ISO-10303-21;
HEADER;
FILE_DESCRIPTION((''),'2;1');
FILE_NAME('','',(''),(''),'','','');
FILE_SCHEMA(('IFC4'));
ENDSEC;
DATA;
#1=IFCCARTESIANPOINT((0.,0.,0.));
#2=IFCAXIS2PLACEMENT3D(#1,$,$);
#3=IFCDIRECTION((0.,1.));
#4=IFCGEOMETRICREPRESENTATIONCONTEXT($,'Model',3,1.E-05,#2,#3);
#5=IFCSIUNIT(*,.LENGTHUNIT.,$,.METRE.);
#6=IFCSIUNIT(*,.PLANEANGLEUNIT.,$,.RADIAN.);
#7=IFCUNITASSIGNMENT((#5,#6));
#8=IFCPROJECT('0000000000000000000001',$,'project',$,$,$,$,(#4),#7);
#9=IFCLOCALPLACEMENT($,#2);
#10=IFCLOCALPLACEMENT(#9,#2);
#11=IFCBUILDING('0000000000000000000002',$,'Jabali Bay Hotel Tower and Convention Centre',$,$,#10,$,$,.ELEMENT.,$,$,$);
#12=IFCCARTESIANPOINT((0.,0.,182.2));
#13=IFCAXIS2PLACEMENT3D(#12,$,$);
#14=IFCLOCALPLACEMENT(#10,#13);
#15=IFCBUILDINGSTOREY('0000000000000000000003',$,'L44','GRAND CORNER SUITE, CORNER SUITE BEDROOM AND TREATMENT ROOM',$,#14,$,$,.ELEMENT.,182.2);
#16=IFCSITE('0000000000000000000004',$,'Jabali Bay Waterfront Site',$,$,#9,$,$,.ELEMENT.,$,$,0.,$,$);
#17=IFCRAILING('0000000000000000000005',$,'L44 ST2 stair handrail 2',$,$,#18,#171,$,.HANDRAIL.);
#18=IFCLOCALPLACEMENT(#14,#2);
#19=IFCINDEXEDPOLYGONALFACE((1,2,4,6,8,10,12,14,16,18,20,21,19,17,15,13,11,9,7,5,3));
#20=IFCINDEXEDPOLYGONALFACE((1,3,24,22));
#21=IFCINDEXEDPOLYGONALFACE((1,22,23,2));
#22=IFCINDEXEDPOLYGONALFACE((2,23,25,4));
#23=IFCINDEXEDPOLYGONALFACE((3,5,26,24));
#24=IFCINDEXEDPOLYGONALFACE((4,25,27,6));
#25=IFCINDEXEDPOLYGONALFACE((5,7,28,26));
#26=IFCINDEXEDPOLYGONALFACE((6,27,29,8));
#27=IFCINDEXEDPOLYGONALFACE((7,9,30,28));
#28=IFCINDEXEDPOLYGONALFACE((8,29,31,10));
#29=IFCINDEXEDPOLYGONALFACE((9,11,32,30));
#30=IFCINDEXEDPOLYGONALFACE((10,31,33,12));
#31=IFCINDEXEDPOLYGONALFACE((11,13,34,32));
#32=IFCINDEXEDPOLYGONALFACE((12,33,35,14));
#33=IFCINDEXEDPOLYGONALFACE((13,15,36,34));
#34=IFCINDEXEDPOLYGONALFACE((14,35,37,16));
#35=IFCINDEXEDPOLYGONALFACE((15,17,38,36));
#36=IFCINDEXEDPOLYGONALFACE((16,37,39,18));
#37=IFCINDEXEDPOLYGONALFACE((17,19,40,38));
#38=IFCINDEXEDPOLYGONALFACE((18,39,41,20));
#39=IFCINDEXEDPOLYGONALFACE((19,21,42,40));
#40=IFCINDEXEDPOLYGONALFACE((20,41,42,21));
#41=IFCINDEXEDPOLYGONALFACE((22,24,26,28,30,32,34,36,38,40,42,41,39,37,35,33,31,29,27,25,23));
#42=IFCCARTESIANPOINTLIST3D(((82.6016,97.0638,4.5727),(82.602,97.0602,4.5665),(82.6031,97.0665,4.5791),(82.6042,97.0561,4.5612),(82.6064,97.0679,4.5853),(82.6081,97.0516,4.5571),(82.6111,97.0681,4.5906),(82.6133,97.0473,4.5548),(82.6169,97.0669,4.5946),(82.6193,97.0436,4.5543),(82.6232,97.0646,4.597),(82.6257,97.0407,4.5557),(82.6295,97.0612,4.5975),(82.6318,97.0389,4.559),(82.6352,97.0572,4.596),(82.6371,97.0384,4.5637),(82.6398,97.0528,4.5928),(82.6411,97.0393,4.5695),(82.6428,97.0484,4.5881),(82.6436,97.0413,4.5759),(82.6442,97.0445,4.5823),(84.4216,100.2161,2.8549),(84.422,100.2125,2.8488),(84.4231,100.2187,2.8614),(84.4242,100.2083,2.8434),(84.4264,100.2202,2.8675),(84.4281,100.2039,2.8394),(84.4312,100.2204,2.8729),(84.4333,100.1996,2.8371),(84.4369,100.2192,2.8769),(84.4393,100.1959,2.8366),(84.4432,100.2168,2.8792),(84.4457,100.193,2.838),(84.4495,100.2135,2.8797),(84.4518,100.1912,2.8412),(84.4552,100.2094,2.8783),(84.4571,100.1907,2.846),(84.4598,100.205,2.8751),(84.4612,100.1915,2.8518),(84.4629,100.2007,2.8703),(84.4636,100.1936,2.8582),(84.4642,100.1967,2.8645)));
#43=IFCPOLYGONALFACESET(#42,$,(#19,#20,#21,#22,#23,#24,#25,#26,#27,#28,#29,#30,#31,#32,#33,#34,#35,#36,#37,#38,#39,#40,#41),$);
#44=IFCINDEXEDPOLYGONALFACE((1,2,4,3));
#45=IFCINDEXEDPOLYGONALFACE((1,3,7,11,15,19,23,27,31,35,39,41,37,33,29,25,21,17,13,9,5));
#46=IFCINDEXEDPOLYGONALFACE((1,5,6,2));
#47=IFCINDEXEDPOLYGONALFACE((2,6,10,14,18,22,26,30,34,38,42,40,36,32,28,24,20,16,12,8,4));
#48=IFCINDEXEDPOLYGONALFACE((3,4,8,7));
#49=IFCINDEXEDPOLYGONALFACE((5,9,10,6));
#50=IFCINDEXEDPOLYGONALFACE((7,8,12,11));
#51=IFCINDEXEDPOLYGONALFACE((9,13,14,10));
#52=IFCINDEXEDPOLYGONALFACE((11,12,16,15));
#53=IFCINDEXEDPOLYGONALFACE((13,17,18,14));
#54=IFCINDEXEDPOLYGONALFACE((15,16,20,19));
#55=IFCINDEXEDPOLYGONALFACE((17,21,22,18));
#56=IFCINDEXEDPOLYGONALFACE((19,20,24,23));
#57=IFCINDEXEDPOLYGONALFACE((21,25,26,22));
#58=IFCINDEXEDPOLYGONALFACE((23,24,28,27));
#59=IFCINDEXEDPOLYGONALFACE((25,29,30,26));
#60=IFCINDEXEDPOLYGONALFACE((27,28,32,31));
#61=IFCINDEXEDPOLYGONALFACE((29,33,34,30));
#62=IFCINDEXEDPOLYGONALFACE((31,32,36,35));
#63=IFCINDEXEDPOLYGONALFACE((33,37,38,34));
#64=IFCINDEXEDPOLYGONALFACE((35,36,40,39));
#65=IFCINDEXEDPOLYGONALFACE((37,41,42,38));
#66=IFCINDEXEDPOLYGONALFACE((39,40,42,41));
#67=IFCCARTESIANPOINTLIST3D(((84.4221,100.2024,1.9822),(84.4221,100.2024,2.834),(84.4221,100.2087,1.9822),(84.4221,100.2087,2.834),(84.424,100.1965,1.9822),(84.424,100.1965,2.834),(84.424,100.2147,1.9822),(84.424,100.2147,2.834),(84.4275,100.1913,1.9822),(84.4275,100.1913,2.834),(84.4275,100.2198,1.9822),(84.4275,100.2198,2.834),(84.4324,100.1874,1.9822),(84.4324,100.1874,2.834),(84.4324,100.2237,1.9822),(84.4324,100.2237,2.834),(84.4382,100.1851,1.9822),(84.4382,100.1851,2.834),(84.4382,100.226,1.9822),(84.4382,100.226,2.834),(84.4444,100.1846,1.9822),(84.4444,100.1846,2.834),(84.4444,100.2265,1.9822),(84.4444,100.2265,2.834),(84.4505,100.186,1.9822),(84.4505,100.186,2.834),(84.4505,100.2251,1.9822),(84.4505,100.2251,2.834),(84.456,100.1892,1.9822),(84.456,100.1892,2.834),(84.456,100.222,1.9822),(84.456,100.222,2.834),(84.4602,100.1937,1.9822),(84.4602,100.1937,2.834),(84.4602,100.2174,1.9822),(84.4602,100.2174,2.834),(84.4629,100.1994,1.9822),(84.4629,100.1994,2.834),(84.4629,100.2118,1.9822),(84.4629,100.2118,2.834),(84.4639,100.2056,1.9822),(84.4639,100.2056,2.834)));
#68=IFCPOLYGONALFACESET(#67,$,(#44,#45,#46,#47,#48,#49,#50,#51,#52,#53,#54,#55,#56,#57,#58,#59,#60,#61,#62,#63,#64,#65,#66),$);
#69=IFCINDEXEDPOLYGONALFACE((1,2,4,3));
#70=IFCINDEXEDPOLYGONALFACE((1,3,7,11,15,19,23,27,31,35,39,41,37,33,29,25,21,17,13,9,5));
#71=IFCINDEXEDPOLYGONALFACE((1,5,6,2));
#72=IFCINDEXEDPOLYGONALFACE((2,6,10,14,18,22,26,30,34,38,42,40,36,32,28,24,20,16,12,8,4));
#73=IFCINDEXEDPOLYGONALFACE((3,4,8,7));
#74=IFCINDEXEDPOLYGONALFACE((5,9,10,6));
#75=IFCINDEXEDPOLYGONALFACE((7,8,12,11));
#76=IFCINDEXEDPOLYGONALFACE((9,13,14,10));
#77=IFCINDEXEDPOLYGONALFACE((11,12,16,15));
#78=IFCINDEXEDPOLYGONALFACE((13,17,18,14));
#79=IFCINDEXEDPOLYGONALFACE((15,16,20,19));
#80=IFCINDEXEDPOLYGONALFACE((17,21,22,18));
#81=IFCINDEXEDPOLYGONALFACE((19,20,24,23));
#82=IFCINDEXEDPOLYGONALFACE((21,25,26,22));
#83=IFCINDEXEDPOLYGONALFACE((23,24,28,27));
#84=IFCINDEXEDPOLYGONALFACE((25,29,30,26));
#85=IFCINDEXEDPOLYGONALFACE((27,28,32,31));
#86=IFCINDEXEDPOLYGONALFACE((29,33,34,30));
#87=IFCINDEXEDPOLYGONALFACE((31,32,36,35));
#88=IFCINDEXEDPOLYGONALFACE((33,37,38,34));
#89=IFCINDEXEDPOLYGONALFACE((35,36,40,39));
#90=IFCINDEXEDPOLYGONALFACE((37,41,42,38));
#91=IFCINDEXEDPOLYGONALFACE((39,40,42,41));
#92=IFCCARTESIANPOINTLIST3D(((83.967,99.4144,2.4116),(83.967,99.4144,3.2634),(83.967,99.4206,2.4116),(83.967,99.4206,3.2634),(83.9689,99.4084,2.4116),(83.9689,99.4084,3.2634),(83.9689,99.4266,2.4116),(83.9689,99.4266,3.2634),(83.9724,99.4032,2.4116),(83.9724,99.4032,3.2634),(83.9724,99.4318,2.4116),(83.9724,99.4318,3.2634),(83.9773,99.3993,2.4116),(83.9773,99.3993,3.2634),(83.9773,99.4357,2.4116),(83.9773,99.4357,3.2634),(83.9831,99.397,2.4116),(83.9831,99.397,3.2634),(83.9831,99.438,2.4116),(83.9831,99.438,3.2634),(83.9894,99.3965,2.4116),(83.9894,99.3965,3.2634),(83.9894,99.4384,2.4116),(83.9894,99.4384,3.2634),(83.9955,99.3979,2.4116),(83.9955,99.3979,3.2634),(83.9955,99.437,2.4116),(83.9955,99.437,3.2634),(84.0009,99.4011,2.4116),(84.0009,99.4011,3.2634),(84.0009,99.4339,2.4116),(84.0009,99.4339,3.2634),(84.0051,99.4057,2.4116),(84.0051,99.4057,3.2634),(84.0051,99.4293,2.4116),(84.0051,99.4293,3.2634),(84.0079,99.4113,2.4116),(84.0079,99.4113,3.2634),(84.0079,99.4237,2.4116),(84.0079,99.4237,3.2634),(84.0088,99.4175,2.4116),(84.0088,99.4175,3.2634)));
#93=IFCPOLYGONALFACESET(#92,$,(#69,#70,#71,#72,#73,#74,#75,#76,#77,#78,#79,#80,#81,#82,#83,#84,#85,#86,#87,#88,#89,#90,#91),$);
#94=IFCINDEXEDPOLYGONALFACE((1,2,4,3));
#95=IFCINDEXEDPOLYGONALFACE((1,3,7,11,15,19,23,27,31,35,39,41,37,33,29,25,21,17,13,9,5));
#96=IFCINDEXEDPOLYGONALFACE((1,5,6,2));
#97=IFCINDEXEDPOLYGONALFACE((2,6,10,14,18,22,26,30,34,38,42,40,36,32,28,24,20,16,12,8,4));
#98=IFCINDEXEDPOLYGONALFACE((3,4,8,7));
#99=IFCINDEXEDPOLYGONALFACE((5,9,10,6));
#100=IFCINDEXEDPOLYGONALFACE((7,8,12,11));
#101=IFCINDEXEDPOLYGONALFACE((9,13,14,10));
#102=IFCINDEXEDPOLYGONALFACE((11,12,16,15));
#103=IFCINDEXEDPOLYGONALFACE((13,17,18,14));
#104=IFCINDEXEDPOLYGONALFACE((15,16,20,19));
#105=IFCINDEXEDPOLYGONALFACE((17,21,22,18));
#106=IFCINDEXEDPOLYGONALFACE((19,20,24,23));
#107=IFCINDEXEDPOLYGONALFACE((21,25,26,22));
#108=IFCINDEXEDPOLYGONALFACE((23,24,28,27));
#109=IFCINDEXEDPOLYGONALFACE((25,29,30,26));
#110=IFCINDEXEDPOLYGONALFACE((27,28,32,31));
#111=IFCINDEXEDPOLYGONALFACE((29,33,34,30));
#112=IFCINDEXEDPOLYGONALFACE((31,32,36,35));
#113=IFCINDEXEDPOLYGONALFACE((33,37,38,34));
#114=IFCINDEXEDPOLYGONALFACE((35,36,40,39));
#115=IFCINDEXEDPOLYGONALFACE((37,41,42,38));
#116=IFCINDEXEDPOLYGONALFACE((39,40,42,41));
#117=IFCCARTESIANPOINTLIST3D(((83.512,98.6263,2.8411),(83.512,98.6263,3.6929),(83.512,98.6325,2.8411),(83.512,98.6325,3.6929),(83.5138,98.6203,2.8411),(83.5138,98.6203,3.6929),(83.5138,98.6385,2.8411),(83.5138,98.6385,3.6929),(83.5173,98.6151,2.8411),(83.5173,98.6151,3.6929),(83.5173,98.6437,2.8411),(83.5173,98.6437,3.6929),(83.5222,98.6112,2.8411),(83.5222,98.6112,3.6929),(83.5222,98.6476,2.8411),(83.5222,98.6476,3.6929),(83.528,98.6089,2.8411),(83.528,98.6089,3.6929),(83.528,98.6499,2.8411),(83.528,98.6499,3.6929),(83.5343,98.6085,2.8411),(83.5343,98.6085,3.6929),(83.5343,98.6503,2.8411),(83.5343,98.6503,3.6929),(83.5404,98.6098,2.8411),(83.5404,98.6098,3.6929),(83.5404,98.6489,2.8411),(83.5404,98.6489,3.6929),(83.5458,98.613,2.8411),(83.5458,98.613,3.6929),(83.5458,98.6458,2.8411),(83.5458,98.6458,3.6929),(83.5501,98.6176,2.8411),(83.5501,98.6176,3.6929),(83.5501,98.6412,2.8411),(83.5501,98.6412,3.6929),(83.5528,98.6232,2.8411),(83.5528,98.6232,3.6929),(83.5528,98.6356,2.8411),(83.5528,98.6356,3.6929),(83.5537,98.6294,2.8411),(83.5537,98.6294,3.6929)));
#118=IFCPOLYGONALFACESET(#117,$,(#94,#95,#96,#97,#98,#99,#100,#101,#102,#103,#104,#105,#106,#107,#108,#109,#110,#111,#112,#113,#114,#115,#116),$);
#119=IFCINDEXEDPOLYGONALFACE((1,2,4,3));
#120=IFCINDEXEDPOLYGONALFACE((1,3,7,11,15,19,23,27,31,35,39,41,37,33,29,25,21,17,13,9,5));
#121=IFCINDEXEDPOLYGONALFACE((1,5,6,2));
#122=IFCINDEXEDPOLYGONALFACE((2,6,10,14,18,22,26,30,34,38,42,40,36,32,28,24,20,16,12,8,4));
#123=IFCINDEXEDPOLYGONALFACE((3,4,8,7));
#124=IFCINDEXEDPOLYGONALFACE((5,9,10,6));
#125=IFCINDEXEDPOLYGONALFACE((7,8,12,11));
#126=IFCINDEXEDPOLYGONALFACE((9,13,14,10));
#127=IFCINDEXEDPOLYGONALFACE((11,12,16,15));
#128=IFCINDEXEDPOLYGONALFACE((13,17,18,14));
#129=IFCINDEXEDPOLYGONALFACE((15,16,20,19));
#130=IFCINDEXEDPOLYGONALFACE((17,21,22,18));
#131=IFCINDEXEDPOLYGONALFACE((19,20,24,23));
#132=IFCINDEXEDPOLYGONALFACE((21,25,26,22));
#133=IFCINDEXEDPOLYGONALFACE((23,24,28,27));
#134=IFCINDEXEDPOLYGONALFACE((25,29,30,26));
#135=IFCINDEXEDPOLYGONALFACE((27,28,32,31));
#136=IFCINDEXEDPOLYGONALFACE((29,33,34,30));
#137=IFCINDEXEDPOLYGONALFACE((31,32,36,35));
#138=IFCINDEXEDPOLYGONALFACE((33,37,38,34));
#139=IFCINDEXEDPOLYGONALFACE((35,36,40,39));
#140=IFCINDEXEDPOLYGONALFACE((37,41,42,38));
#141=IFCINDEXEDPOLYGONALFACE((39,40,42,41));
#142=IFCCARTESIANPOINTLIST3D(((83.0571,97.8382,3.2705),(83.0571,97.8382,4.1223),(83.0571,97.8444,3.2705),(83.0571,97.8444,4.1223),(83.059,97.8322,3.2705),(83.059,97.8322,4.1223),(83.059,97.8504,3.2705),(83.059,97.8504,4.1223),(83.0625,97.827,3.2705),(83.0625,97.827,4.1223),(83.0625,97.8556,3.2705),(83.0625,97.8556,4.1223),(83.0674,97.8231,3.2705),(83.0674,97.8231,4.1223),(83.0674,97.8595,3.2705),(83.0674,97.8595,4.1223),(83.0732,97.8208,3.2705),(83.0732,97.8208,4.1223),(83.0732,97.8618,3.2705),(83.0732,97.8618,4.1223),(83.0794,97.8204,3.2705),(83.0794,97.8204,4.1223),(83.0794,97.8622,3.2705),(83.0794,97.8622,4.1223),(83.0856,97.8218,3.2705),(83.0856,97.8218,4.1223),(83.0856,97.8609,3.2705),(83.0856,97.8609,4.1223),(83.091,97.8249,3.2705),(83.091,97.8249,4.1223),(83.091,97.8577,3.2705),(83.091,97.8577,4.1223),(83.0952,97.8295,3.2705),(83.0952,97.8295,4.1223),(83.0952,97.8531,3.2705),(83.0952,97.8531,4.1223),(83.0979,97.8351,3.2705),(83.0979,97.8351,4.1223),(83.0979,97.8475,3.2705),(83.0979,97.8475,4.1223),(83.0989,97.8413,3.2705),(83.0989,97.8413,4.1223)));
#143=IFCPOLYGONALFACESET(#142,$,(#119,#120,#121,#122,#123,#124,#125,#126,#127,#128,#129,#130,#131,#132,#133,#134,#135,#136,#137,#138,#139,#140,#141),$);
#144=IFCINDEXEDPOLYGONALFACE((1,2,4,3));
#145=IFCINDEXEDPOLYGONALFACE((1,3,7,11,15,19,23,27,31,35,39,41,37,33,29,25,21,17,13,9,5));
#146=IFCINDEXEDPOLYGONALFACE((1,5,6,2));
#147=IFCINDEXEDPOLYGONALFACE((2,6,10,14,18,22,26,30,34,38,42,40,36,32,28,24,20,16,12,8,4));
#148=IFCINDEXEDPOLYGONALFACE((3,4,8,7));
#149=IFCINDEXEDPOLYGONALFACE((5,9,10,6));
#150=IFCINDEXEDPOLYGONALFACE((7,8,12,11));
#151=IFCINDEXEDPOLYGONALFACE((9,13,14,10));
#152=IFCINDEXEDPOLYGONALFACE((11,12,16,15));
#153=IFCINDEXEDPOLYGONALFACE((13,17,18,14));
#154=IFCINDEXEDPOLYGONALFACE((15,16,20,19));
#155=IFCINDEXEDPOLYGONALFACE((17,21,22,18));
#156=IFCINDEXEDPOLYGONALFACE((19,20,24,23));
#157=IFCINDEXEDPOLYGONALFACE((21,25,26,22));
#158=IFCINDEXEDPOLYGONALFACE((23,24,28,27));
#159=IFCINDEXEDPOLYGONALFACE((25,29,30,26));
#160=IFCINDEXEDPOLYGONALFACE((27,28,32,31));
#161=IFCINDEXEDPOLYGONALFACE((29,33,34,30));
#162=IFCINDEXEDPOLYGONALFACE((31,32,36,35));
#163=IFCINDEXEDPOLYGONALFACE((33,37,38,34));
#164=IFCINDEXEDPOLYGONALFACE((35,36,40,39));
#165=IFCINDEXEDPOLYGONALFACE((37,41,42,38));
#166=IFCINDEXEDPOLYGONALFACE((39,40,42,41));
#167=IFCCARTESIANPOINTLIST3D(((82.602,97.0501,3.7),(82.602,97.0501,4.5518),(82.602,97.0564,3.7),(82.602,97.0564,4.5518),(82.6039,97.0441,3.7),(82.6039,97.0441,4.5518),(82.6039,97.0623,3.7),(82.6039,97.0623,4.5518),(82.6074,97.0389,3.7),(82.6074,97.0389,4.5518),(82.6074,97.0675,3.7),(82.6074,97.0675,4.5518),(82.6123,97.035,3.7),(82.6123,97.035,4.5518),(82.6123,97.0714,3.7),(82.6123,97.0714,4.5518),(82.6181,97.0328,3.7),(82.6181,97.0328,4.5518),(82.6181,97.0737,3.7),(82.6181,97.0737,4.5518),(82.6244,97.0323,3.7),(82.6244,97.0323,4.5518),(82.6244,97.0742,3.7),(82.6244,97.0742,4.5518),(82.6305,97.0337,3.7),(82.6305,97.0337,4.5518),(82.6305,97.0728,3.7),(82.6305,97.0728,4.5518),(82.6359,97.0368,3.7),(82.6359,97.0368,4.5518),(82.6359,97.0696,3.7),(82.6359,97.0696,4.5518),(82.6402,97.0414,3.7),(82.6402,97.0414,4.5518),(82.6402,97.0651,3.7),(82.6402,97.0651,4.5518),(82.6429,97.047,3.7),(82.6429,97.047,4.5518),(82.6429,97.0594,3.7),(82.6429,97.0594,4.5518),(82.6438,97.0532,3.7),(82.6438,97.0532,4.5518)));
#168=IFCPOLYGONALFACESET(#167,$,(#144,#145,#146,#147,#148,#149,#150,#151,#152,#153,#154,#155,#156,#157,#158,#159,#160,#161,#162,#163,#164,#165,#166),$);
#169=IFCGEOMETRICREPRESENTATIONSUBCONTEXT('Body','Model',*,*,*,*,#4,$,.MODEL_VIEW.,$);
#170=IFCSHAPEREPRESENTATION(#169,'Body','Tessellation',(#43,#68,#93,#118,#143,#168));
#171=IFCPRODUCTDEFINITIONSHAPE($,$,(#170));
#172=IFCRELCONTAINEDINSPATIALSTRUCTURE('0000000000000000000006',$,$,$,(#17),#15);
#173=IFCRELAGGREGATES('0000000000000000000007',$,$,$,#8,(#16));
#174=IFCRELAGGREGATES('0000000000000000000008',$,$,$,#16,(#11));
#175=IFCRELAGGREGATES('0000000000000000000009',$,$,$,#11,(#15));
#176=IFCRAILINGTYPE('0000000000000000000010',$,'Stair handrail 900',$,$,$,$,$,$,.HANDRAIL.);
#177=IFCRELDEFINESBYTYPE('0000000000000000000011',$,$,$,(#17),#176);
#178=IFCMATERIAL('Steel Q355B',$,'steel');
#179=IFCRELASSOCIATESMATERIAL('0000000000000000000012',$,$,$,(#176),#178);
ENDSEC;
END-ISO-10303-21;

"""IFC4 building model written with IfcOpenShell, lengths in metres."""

from ifc_helpers import new_model, si_unit, direction, frame, origin, origin_2d, place, context, subcontext, project, spatial, circle, extrude, material, type_object, element, save


model = new_model("IFC4")

# Units and contexts
model_context = context("Model", 3, precision=1e-05, world=origin(), true_north=direction((0.0, 1.0)))
body_context = subcontext(model_context, "Body", "Model", "MODEL_VIEW")
ifc_project = project(units=[si_unit("LENGTHUNIT", "METRE"), si_unit("PLANEANGLEUNIT", "RADIAN")], contexts=[model_context])

# Site, building, storey
site_placement = place(None, origin())
site = spatial("IfcSite", under=ifc_project, at=site_placement, Name="Jabali Bay Waterfront Site", CompositionType="ELEMENT", RefElevation=0.0)
building_placement = place(site_placement, origin())
building = spatial("IfcBuilding", under=site, at=building_placement, Name="Jabali Bay Hotel Tower and Convention Centre", CompositionType="ELEMENT")
storey_placement = place(building_placement, frame((0.0, 0.0, 182.2)))
storey = spatial("IfcBuildingStorey", under=building, at=storey_placement, Name="L44", Description="GRAND CORNER SUITE, CORNER SUITE BEDROOM AND TREATMENT ROOM", CompositionType="ELEMENT", Elevation=182.2)

# Railing
ifc_material_1 = material(Name="Steel Q355B", Category="steel")
railing_type_1 = type_object("IfcRailingType", Name="Stair handrail 900", PredefinedType="HANDRAIL", material=ifc_material_1)
railing_1_placement = place(storey_placement, frame((84.4429, 100.2056, 1.9822)))
element("IfcRailing", 1, at=railing_1_placement, inside=storey, type_object=railing_type_1, Name="L44 ST2 stair handrail 2", PredefinedType="HANDRAIL", context=body_context, shape_type="SweptSolid", body=[
    extrude(circle(Radius=0.0239, at=origin_2d()), frame((0.0, 0.0, 0.876), z_axis=(-0.45219, -0.78319, 0.426775), x_axis=(0.866018, -0.500013, 0.0)), (0.0, 0.0, 1.0), 4.0249),
    extrude(circle(Radius=0.021, at=origin_2d()), origin(), (0.0, 0.0, 1.0), 0.8518),
    extrude(circle(Radius=0.021, at=origin_2d()), frame((-0.4551, -0.7881, 0.4294)), (0.0, 0.0, 1.0), 0.8518),
    extrude(circle(Radius=0.021, at=origin_2d()), frame((-0.9102, -1.5762, 0.8589)), (0.0, 0.0, 1.0), 0.8518),
    extrude(circle(Radius=0.021, at=origin_2d()), frame((-1.365, -2.3643, 1.2883)), (0.0, 0.0, 1.0), 0.8518),
    extrude(circle(Radius=0.021, at=origin_2d()), frame((-1.8201, -3.1523, 1.7178)), (0.0, 0.0, 1.0), 0.8518),
])

save(model, "model.ifc")
